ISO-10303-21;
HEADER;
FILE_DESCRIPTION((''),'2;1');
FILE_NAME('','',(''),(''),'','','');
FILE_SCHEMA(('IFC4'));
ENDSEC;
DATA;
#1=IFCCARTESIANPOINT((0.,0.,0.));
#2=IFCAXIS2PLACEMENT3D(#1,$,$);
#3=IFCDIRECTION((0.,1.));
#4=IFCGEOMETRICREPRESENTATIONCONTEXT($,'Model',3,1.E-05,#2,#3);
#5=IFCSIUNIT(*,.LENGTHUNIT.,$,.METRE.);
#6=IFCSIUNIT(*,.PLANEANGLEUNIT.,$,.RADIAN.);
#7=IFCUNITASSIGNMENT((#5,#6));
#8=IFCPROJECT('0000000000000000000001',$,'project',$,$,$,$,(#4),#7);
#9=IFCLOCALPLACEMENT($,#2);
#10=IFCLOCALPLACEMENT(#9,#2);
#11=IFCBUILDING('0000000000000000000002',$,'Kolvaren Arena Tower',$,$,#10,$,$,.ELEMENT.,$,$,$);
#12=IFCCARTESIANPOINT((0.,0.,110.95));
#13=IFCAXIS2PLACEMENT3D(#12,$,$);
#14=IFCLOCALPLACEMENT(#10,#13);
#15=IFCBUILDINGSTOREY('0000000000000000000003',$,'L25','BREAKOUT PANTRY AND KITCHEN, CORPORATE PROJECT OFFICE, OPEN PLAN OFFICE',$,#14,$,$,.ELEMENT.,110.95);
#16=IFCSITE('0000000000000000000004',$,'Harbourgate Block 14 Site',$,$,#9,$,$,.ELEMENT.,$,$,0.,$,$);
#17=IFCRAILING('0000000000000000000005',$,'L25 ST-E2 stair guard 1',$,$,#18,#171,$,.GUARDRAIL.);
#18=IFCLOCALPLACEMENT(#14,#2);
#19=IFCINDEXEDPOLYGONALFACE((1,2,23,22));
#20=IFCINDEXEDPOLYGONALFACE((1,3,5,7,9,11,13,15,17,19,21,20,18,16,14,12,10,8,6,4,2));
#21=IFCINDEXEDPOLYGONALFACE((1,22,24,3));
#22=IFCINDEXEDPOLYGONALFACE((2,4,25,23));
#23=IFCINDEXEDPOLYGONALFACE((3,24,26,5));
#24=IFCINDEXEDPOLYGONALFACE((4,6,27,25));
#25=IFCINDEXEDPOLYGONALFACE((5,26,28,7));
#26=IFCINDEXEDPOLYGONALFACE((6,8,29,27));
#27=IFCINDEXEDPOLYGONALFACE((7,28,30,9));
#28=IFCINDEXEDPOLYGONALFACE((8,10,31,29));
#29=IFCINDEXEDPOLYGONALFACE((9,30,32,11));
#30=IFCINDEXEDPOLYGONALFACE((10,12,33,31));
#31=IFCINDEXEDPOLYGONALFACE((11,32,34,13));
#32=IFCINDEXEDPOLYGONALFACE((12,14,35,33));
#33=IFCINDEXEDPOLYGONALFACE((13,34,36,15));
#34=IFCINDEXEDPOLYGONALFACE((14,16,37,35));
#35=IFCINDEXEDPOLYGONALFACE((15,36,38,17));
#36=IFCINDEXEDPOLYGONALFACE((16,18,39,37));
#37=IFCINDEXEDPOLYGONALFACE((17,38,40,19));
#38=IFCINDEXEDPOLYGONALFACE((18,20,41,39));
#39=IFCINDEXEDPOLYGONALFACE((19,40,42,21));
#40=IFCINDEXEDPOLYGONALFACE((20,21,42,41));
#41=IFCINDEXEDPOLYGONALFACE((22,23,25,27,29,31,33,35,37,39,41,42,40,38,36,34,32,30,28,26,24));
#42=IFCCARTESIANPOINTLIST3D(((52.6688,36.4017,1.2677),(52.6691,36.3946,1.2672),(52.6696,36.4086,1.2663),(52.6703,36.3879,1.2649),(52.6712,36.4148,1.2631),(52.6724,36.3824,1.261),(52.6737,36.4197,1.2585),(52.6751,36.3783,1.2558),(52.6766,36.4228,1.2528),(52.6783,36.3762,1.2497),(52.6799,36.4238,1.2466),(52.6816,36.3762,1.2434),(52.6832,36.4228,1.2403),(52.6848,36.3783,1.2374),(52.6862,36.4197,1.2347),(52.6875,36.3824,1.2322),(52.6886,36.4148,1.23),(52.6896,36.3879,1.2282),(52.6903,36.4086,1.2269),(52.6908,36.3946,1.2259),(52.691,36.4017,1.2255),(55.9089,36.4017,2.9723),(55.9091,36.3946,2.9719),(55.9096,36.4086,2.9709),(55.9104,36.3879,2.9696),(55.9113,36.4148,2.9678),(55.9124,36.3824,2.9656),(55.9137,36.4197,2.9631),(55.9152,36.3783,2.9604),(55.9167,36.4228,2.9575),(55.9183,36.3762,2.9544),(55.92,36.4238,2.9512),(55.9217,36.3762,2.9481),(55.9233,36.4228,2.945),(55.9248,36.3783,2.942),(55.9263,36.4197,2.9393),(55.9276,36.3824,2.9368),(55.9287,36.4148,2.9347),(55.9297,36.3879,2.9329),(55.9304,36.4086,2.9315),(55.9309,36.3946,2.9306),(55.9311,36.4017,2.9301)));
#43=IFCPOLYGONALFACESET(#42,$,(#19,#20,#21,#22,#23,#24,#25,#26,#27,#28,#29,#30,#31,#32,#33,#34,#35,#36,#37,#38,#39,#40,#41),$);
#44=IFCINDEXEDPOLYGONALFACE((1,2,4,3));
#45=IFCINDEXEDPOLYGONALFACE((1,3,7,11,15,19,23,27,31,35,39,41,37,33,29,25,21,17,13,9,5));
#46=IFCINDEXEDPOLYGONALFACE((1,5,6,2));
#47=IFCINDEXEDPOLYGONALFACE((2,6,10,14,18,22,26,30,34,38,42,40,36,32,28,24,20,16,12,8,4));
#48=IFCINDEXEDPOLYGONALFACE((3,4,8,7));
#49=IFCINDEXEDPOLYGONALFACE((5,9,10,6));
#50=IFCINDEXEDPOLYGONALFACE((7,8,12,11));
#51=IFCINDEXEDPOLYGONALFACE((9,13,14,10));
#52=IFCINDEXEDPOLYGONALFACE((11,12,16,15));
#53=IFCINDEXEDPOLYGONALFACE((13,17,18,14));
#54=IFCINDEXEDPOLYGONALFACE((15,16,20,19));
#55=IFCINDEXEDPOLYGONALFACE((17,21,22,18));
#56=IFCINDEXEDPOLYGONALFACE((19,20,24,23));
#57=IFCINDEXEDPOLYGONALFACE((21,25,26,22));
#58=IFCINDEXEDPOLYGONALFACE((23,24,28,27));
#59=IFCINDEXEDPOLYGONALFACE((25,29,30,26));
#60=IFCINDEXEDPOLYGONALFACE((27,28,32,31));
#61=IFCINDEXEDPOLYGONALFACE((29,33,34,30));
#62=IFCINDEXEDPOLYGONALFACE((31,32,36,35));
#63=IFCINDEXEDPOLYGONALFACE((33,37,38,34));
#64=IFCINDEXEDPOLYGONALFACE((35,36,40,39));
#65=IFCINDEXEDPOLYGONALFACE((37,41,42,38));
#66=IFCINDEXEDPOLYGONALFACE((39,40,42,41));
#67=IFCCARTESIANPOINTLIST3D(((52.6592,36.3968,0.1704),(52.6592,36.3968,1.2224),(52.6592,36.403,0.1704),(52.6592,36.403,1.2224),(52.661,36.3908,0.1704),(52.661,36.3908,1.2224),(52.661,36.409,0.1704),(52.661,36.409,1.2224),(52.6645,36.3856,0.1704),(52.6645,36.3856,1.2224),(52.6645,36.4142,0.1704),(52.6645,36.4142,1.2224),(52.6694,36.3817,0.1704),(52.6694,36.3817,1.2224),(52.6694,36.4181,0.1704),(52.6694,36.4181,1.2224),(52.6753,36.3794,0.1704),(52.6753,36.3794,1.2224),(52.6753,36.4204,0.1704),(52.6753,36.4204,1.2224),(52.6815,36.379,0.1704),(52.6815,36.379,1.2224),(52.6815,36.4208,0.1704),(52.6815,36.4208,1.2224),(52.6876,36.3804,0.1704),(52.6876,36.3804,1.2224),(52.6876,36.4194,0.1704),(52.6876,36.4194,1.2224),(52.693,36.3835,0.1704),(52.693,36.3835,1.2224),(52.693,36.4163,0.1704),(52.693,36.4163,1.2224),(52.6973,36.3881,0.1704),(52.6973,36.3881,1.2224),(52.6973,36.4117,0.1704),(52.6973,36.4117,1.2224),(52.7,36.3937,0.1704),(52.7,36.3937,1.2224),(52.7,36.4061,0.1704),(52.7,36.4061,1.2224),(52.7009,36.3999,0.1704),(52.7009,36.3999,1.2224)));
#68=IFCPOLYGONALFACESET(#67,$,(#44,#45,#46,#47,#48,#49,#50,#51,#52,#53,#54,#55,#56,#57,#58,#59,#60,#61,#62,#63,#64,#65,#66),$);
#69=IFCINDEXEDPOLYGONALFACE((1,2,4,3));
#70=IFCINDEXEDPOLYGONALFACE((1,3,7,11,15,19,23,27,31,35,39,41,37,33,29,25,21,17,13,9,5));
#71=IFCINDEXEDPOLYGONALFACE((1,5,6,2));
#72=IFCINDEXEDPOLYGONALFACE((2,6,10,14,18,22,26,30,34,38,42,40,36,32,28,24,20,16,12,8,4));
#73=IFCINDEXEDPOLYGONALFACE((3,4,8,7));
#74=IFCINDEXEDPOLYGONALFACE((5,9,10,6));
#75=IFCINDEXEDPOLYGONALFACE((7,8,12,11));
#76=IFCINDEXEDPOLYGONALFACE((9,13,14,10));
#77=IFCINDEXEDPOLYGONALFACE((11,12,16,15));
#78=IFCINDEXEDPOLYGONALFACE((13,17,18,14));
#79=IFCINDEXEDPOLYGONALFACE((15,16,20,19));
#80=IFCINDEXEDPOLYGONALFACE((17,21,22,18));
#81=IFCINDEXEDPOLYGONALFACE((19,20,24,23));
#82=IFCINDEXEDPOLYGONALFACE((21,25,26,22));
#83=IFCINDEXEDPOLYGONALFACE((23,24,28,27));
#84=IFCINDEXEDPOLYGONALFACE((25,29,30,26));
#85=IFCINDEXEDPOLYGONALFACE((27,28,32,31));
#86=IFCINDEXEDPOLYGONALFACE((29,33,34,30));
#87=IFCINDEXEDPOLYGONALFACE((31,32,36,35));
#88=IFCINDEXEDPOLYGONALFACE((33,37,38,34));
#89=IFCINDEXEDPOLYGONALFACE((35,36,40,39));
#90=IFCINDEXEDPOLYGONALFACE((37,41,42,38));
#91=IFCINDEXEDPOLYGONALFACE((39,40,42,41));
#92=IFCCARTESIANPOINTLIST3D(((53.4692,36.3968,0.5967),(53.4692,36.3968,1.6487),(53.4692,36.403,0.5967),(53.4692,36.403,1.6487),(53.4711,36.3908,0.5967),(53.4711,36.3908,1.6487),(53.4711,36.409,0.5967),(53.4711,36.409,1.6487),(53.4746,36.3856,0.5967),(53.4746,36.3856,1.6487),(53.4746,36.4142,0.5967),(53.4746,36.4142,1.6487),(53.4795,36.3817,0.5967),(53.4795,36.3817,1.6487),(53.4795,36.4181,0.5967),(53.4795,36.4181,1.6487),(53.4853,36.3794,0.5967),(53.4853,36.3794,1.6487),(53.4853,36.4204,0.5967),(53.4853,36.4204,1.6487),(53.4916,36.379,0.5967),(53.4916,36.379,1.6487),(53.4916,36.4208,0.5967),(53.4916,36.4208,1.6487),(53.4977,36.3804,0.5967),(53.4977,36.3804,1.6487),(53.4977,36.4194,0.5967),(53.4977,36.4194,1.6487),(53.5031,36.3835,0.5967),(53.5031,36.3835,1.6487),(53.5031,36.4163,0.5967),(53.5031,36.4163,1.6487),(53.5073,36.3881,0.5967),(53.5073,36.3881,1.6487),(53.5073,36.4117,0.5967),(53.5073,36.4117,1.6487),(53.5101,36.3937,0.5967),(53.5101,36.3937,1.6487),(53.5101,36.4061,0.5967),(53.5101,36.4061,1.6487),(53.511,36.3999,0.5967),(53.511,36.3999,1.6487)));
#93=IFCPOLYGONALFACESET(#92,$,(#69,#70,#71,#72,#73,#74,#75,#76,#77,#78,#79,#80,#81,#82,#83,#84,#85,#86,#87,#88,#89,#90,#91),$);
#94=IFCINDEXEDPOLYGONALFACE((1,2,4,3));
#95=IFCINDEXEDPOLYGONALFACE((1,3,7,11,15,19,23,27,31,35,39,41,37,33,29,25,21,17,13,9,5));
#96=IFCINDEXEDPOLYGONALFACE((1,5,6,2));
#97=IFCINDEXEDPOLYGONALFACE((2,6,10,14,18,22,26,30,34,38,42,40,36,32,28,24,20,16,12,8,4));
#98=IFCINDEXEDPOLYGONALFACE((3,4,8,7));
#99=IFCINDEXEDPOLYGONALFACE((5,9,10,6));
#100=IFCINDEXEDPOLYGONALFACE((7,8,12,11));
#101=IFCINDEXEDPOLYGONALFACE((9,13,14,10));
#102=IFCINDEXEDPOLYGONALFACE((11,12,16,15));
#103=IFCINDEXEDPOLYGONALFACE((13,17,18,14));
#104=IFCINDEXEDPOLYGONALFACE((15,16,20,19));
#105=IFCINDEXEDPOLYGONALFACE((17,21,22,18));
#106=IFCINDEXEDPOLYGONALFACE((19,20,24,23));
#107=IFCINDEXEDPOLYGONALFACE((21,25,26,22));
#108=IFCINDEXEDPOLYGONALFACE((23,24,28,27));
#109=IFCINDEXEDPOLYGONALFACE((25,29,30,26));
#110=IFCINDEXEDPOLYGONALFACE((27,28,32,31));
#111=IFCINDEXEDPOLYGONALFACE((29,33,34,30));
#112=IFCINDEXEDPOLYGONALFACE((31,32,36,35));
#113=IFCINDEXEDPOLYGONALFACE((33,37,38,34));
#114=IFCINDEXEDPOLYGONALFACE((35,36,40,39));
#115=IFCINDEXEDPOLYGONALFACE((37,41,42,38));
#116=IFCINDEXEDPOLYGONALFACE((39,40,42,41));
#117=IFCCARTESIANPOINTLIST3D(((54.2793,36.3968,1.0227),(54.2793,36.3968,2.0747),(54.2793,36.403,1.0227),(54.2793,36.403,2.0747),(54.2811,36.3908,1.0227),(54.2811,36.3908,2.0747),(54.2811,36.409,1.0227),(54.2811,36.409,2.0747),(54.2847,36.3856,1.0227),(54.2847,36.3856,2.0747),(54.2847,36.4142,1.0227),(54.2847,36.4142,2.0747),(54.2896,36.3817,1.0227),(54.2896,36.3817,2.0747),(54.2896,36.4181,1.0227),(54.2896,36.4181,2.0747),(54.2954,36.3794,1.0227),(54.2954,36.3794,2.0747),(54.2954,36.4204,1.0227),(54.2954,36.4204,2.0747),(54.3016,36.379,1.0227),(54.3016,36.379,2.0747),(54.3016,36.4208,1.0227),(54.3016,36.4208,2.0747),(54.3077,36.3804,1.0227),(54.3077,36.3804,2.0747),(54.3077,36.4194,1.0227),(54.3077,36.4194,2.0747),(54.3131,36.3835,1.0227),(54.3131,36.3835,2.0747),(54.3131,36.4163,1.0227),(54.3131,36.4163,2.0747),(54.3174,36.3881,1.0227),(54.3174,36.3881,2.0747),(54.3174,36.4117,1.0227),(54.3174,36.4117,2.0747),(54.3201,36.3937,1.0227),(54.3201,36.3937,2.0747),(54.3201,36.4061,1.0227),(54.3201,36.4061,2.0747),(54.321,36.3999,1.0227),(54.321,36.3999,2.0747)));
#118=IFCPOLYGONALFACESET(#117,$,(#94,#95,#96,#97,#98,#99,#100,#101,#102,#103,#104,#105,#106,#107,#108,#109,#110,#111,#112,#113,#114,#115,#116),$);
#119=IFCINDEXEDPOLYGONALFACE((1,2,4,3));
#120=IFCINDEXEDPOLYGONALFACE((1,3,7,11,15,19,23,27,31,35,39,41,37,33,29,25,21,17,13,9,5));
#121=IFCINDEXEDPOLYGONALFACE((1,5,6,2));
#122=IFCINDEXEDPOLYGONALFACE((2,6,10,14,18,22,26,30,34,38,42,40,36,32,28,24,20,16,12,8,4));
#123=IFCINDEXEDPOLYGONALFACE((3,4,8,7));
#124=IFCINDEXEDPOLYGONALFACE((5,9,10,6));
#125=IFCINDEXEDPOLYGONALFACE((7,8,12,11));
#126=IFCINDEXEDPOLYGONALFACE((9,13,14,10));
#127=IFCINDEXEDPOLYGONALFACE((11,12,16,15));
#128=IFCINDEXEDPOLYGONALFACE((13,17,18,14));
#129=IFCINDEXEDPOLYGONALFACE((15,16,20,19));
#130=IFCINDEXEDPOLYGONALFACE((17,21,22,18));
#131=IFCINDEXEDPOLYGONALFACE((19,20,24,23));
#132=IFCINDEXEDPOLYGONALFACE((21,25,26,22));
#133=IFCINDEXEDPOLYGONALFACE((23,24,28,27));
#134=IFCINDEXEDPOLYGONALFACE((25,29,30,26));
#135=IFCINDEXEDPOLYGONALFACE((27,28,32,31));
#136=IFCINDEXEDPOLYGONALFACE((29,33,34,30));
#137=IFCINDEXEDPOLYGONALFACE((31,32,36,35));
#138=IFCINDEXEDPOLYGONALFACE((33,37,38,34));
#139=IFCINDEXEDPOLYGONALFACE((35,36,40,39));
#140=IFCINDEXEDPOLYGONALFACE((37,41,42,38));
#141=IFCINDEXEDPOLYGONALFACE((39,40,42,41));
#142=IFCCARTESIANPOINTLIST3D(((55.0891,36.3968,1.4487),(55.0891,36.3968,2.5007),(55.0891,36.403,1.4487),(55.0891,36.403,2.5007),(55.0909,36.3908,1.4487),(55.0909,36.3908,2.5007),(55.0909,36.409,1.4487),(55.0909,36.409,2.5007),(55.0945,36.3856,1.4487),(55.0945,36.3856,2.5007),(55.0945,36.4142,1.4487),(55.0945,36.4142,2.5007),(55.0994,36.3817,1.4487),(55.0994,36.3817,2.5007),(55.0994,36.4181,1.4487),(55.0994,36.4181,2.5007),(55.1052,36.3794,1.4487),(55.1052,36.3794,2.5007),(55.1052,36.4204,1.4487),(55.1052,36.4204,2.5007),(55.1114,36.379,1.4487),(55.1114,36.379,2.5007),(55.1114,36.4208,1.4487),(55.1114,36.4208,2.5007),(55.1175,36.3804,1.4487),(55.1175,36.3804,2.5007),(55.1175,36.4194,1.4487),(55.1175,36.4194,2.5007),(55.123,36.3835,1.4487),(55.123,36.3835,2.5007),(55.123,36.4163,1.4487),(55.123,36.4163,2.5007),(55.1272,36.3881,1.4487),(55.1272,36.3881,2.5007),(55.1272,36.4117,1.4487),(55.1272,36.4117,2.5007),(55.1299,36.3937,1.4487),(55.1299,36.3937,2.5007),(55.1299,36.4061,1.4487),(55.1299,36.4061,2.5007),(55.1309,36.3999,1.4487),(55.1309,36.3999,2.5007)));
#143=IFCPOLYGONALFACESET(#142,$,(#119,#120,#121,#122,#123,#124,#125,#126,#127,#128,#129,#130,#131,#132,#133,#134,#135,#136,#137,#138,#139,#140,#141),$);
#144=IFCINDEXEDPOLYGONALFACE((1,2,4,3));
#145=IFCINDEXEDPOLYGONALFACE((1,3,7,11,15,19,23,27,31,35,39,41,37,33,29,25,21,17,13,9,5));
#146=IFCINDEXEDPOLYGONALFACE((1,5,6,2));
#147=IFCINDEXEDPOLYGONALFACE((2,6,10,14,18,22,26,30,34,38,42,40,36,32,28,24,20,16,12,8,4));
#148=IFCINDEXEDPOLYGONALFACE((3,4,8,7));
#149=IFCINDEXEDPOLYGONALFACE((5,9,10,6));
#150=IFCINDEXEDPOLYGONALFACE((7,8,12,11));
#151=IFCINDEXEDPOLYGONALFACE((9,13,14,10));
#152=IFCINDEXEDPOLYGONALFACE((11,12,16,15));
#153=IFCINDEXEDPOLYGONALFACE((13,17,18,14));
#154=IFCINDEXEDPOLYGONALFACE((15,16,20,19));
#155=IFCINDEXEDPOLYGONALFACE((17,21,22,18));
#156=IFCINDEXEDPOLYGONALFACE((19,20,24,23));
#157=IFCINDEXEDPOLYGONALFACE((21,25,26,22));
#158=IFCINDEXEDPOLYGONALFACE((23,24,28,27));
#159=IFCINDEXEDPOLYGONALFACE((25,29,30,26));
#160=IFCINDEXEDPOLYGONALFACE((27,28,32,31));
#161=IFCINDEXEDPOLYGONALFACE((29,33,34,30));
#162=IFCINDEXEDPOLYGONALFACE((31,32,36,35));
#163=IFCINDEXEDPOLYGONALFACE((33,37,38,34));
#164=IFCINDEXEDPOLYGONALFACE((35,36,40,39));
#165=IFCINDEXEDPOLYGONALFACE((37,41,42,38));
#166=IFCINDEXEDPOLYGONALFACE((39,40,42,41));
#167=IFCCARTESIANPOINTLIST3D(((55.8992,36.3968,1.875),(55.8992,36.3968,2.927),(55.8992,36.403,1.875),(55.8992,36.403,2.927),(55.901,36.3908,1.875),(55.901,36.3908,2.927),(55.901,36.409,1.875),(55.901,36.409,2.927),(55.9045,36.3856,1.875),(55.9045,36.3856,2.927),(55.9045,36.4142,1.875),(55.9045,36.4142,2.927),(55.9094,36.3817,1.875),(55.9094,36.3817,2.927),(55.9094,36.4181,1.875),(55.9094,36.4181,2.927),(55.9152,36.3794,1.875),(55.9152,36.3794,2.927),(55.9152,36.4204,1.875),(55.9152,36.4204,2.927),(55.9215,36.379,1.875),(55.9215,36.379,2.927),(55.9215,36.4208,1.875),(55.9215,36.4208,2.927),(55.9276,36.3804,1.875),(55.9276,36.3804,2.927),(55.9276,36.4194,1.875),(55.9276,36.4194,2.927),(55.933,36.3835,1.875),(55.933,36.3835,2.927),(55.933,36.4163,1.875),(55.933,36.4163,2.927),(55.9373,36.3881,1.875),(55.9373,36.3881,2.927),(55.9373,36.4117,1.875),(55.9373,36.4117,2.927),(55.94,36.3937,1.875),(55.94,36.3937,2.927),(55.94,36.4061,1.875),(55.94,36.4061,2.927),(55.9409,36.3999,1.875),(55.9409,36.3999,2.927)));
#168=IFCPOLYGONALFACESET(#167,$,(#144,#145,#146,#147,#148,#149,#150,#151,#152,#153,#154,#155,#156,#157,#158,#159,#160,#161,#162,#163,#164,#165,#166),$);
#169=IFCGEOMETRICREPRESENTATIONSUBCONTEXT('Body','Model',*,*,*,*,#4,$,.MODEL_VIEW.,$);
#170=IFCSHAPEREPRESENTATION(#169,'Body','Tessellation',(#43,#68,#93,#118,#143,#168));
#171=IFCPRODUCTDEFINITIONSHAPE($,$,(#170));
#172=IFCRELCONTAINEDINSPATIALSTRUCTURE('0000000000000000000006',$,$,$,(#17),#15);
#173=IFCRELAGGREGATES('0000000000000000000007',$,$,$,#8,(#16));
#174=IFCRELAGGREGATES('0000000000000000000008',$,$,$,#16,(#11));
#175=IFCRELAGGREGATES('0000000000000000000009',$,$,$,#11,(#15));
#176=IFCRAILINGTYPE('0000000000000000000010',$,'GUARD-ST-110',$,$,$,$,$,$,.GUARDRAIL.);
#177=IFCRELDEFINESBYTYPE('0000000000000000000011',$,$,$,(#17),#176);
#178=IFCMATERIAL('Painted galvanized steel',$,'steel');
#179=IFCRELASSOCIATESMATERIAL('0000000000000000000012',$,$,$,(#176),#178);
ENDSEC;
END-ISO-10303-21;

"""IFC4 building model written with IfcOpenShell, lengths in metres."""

from ifc_helpers import new_model, si_unit, direction, frame, origin, origin_2d, place, context, subcontext, project, spatial, circle, extrude, material, type_object, element, save


model = new_model("IFC4")

# Units and contexts
model_context = context("Model", 3, precision=1e-05, world=origin(), true_north=direction((0.0, 1.0)))
body_context = subcontext(model_context, "Body", "Model", "MODEL_VIEW")
ifc_project = project(units=[si_unit("LENGTHUNIT", "METRE"), si_unit("PLANEANGLEUNIT", "RADIAN")], contexts=[model_context])

# Site, building, storey
site_placement = place(None, origin())
site = spatial("IfcSite", under=ifc_project, at=site_placement, Name="Harbourgate Block 14 Site", CompositionType="ELEMENT", RefElevation=0.0)
building_placement = place(site_placement, origin())
building = spatial("IfcBuilding", under=site, at=building_placement, Name="Kolvaren Arena Tower", CompositionType="ELEMENT")
storey_placement = place(building_placement, frame((0.0, 0.0, 110.95)))
storey = spatial("IfcBuildingStorey", under=building, at=storey_placement, Name="L25", Description="BREAKOUT PANTRY AND KITCHEN, CORPORATE PROJECT OFFICE, OPEN PLAN OFFICE", CompositionType="ELEMENT", Elevation=110.95)

# Railing
ifc_material_1 = material(Name="Painted galvanized steel", Category="steel")
railing_type_1 = type_object("IfcRailingType", Name="GUARD-ST-110", PredefinedType="GUARDRAIL", material=ifc_material_1)
railing_1_placement = place(storey_placement, frame((52.6799, 36.3999, 0.1704)))
element("IfcRailing", 1, at=railing_1_placement, inside=storey, type_object=railing_type_1, Name="L25 ST-E2 stair guard 1", PredefinedType="GUARDRAIL", context=body_context, shape_type="SweptSolid", body=[
    extrude(circle(Radius=0.0239, at=origin_2d()), frame((0.0, 0.0, 1.0762), z_axis=(0.884993, 0.0, 0.465604), x_axis=(0.0, 1.0, 0.0)), (0.0, 0.0, 1.0), 3.6611),
    extrude(circle(Radius=0.021, at=origin_2d()), origin(), (0.0, 0.0, 1.0), 1.052),
    extrude(circle(Radius=0.021, at=origin_2d()), frame((0.8101, 0.0, 0.4263)), (0.0, 0.0, 1.0), 1.052),
    extrude(circle(Radius=0.021, at=origin_2d()), frame((1.6201, 0.0, 0.8523)), (0.0, 0.0, 1.0), 1.052),
    extrude(circle(Radius=0.021, at=origin_2d()), frame((2.4299, 0.0, 1.2783)), (0.0, 0.0, 1.0), 1.052),
    extrude(circle(Radius=0.021, at=origin_2d()), frame((3.24, 0.0, 1.7046)), (0.0, 0.0, 1.0), 1.052),
])

save(model, "model.ifc")
